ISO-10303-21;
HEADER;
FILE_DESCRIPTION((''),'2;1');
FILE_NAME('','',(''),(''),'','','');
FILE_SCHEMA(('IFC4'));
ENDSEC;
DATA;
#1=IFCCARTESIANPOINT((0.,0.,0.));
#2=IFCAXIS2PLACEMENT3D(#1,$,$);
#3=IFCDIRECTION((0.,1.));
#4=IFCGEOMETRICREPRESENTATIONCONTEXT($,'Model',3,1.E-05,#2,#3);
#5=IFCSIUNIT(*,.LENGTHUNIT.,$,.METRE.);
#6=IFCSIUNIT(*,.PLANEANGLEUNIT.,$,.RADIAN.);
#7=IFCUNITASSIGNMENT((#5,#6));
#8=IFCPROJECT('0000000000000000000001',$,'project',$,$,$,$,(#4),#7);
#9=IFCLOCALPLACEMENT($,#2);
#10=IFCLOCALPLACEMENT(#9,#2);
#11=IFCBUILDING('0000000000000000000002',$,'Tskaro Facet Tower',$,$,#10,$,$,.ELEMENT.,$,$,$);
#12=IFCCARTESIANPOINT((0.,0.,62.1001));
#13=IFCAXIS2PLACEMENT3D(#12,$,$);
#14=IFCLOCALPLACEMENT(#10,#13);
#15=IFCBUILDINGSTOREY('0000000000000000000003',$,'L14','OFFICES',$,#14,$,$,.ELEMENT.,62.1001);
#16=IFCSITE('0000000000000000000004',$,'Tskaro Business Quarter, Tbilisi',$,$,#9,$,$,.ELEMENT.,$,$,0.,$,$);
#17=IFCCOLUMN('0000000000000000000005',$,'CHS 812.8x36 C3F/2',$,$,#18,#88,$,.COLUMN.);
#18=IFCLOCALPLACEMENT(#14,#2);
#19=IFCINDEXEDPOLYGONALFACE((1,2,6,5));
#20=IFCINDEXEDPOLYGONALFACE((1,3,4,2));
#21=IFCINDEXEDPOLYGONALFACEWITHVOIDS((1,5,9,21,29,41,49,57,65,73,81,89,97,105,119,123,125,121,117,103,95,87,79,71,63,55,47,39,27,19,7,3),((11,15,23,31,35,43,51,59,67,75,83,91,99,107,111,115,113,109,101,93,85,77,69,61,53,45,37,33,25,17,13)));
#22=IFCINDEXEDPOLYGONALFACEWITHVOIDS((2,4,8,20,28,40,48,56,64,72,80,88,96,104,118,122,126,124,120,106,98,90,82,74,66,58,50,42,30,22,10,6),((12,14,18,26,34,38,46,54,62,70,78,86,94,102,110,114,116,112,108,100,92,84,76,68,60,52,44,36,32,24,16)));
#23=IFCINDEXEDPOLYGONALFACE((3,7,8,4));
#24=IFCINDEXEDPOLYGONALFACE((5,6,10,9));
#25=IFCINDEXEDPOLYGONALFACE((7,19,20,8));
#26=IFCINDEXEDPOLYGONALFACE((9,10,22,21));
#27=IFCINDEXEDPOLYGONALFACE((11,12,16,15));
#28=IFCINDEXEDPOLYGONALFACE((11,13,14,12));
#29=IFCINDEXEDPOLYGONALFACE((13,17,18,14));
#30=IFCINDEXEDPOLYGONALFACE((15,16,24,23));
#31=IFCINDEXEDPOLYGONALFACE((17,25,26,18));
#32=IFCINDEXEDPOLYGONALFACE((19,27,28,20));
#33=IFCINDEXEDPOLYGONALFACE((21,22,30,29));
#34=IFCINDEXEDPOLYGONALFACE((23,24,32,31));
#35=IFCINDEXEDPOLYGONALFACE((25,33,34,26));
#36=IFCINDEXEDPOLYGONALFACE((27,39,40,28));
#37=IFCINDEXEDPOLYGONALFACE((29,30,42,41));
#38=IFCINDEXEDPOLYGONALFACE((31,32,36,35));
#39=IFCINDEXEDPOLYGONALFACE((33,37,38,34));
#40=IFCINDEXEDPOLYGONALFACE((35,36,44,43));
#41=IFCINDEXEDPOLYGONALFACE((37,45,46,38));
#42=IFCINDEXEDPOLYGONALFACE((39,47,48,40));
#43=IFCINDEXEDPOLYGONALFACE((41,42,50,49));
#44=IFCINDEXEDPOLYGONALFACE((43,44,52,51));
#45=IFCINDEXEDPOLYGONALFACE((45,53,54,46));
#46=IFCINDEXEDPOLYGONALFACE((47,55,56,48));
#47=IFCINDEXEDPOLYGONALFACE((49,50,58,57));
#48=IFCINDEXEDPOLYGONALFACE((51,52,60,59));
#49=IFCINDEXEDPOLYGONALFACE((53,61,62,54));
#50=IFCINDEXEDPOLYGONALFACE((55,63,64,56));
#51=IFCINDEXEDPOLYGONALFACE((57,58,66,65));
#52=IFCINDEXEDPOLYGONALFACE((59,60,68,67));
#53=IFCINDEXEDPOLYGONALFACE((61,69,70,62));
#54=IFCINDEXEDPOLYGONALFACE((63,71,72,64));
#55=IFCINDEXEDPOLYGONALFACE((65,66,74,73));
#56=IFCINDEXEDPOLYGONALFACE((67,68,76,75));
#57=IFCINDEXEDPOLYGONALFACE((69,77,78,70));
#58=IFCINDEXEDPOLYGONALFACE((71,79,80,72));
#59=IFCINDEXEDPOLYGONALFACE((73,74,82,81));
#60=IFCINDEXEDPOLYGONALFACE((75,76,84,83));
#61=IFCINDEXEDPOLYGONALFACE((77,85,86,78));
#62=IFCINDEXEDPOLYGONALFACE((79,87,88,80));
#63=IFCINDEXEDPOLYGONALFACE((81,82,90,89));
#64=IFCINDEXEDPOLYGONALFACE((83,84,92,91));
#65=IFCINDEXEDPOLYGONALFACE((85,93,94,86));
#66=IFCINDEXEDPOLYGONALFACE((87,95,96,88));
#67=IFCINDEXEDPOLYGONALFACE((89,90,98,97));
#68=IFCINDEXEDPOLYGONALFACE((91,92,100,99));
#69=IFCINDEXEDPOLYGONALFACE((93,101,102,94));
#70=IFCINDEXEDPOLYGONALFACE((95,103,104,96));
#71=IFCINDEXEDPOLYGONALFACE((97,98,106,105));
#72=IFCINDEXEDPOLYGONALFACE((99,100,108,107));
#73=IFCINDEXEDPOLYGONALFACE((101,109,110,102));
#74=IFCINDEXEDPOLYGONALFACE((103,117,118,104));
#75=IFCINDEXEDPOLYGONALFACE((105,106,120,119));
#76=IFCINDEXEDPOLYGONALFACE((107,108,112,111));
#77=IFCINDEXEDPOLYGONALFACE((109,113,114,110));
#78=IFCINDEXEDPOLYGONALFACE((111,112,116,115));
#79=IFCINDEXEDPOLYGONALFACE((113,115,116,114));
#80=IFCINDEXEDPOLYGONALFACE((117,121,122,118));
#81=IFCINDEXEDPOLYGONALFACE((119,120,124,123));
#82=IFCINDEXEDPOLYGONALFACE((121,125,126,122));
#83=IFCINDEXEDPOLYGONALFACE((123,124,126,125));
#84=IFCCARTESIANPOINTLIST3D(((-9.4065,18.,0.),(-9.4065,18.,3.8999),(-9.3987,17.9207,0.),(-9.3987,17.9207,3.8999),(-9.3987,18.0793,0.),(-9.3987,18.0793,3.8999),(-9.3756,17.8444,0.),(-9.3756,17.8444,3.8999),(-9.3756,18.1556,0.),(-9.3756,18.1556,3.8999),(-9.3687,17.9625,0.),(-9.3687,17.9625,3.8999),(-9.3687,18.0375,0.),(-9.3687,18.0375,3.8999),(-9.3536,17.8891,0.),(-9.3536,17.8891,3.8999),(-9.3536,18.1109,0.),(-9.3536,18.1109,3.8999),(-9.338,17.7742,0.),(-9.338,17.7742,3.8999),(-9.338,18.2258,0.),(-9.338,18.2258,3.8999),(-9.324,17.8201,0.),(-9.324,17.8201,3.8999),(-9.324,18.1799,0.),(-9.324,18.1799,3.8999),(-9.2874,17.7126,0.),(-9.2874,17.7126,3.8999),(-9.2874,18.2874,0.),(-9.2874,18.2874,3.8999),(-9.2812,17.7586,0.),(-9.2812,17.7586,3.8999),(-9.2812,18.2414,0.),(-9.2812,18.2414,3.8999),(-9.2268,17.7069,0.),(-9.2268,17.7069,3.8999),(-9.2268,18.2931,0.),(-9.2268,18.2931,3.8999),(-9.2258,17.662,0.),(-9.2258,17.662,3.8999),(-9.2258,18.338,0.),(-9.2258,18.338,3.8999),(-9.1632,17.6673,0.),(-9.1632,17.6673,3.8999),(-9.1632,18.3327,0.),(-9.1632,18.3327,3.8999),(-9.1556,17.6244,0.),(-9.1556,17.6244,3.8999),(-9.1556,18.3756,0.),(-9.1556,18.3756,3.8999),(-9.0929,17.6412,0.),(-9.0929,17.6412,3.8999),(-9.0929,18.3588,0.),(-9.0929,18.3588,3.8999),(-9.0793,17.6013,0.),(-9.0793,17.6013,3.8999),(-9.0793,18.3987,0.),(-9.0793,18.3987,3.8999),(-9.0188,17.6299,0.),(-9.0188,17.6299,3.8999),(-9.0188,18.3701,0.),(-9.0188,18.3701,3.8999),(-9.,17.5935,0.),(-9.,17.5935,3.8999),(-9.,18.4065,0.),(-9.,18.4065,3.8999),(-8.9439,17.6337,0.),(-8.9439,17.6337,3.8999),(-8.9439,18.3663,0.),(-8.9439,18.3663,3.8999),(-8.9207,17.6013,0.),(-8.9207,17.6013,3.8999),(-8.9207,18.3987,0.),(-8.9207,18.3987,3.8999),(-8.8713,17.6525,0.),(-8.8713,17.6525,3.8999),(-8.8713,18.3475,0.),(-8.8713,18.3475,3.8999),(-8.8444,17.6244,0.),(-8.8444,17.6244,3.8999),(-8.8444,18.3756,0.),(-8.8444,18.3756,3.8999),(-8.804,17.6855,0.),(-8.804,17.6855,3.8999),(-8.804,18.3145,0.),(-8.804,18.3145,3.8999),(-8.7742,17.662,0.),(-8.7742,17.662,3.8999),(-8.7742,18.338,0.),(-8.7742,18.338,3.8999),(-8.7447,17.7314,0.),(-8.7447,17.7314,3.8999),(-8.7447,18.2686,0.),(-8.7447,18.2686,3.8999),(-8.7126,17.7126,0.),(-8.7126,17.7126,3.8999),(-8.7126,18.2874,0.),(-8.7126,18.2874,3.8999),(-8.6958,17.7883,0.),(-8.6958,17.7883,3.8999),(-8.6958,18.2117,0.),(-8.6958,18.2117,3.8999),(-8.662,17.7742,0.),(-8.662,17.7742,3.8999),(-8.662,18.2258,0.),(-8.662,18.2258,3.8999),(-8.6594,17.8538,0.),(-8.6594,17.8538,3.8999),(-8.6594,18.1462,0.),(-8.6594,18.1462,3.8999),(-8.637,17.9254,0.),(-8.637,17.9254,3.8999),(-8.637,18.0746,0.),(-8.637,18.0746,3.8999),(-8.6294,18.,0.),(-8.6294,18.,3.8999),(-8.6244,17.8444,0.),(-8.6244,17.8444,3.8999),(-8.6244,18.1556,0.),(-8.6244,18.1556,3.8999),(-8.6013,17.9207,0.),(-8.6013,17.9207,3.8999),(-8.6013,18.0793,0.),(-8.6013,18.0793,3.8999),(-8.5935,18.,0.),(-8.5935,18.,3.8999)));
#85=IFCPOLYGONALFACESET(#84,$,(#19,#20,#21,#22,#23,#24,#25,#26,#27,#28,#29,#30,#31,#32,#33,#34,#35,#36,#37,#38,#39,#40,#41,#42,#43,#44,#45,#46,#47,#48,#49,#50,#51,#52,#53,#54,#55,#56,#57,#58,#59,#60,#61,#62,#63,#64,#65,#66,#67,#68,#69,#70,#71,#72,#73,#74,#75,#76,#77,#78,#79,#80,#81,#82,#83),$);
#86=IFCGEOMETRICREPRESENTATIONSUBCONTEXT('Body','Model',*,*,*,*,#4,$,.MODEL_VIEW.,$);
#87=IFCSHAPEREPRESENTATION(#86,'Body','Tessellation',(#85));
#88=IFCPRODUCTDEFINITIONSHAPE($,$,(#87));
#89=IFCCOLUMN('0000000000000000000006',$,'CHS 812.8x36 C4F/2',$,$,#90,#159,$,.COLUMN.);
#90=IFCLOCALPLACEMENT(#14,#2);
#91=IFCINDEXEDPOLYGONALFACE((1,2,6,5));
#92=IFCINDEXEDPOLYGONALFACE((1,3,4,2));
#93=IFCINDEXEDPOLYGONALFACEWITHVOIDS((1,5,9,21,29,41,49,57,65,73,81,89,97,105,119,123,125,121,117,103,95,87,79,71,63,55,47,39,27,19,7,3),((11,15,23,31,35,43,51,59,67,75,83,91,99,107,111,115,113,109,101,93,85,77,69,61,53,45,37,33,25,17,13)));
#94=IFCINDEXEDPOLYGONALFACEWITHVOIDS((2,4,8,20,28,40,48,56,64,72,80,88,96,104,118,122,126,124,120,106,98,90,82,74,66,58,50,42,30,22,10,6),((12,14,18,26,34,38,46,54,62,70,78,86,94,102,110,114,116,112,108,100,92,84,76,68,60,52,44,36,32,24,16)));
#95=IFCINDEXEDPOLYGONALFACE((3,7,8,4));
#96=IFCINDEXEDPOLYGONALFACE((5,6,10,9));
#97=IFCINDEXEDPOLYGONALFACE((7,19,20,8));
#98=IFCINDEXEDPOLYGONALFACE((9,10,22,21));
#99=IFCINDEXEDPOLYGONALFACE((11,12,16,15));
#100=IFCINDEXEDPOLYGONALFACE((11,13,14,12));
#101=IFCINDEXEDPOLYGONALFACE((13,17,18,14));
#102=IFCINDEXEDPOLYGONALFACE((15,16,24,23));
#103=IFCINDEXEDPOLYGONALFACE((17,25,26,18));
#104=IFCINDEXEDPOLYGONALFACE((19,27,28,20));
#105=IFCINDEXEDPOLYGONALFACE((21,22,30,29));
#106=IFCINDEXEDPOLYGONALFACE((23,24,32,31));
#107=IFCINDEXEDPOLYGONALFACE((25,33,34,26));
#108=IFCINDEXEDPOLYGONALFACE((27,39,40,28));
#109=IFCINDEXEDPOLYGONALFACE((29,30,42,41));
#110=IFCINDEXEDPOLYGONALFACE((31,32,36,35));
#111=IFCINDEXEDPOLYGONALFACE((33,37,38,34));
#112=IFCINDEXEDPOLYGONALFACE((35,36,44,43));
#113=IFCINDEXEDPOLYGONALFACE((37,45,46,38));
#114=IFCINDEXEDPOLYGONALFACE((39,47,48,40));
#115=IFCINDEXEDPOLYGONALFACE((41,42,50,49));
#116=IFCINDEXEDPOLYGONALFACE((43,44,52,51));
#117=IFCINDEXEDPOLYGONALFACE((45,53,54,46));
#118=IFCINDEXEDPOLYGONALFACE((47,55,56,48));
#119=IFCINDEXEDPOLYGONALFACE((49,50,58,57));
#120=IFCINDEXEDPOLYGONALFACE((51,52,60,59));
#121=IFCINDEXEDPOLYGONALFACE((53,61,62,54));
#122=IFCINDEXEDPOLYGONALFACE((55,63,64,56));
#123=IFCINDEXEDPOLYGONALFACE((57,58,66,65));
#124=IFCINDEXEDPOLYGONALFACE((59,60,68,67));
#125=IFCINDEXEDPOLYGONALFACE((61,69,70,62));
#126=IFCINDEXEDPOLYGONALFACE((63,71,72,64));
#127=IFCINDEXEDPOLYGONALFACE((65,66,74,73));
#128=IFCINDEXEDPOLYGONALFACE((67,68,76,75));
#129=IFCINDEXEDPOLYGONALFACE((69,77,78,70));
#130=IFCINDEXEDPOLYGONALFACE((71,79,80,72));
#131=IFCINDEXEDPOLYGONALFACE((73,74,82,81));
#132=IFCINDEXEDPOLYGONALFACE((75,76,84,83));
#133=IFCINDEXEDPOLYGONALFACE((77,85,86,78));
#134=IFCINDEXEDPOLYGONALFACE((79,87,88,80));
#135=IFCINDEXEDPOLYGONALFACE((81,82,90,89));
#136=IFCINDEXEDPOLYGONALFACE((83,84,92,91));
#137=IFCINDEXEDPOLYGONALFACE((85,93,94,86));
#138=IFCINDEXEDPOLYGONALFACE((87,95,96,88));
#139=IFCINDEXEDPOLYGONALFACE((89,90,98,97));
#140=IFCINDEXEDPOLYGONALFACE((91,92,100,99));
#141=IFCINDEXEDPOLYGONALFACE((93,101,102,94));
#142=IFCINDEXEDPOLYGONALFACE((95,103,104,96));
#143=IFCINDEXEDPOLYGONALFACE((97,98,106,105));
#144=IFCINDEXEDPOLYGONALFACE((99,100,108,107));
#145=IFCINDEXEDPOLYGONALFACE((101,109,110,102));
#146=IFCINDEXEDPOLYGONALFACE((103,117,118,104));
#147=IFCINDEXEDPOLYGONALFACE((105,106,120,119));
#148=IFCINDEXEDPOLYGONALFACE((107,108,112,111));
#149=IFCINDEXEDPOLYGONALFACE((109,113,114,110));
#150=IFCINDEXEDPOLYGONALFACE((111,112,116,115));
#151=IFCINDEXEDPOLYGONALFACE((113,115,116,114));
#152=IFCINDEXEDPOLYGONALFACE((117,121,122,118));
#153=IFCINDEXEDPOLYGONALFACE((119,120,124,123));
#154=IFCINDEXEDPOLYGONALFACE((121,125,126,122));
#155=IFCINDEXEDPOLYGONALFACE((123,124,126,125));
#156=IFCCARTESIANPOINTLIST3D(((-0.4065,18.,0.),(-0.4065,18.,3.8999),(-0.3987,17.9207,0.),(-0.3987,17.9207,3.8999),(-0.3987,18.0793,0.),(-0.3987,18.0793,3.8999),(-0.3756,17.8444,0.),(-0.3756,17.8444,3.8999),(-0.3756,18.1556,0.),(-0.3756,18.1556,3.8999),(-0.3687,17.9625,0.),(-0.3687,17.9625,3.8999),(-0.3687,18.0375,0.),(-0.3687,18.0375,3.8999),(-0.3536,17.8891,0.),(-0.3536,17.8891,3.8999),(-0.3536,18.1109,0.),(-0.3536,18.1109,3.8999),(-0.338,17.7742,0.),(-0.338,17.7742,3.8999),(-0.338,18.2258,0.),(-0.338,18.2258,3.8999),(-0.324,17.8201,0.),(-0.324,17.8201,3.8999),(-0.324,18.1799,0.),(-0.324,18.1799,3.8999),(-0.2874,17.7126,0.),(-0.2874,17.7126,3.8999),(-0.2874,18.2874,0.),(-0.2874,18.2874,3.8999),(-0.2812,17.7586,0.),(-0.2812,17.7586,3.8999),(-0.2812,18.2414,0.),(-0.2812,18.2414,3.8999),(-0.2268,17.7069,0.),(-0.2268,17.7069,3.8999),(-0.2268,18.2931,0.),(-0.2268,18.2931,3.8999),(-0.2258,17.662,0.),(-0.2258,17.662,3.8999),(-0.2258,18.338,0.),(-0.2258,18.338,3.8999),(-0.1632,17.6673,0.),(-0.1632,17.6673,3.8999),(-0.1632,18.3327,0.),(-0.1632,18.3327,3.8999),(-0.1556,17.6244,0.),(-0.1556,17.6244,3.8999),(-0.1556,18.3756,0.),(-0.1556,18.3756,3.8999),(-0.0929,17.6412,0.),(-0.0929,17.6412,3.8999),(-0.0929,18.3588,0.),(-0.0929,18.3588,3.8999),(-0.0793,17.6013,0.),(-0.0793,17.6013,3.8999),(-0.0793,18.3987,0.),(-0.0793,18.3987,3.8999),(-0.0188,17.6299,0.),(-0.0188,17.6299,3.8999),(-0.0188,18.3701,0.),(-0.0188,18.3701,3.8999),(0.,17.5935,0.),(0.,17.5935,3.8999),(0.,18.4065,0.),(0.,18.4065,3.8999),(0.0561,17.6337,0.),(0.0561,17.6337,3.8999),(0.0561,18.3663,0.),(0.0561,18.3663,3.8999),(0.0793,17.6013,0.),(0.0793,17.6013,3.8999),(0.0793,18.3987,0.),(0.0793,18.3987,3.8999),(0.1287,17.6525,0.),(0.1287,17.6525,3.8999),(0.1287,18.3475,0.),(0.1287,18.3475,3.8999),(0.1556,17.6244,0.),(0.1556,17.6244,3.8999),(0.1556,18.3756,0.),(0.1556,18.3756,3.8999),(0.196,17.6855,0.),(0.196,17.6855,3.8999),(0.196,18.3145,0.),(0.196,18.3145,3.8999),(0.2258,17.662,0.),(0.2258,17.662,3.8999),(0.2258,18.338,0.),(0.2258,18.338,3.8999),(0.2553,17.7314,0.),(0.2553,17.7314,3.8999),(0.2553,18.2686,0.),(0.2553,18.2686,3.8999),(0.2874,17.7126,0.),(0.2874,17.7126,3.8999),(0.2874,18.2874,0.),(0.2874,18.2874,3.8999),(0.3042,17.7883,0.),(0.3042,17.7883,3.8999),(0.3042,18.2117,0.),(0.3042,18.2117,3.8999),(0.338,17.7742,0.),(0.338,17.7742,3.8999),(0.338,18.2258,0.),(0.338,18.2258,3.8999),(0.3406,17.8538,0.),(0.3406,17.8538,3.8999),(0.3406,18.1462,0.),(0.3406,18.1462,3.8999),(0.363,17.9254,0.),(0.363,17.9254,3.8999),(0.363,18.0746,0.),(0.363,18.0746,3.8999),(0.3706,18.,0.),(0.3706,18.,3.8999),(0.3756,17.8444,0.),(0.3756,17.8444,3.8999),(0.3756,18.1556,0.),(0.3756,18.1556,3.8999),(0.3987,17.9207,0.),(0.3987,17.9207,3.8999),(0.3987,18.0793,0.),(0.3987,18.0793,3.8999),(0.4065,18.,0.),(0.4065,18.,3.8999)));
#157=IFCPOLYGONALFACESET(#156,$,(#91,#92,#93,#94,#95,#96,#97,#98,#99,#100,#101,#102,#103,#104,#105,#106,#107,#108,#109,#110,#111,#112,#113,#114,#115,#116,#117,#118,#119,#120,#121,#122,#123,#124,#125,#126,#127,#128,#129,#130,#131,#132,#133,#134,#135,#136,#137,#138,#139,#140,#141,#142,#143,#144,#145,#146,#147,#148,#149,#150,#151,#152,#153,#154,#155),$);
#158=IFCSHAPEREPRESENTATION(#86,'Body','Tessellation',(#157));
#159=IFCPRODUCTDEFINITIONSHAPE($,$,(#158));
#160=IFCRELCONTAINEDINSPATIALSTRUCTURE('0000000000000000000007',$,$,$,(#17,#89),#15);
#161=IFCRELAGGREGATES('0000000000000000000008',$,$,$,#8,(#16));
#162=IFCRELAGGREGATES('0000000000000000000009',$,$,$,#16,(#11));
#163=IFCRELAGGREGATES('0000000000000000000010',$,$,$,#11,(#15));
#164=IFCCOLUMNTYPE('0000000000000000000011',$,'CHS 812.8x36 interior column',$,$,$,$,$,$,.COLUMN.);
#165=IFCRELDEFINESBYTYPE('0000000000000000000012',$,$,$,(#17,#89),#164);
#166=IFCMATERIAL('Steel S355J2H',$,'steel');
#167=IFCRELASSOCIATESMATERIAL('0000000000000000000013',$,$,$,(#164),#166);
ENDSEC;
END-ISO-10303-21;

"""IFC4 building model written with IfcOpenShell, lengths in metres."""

from ifc_helpers import new_model, si_unit, direction, frame, origin, origin_2d, place, context, subcontext, project, spatial, hollow_circle, extrude, material, material_profile, profile_set, type_object, element, save


model = new_model("IFC4")

# Units and contexts
model_context = context("Model", 3, precision=1e-05, world=origin(), true_north=direction((0.0, 1.0)))
body_context = subcontext(model_context, "Body", "Model", "MODEL_VIEW")
ifc_project = project(units=[si_unit("LENGTHUNIT", "METRE"), si_unit("PLANEANGLEUNIT", "RADIAN")], contexts=[model_context])

# Site, building, storey
site_placement = place(None, origin())
site = spatial("IfcSite", under=ifc_project, at=site_placement, Name="Tskaro Business Quarter, Tbilisi", CompositionType="ELEMENT", RefElevation=0.0)
building_placement = place(site_placement, origin())
building = spatial("IfcBuilding", under=site, at=building_placement, Name="Tskaro Facet Tower", CompositionType="ELEMENT")
storey_placement = place(building_placement, frame((0.0, 0.0, 62.1001)))
storey = spatial("IfcBuildingStorey", under=building, at=storey_placement, Name="L14", Description="OFFICES", CompositionType="ELEMENT", Elevation=62.1001)

# Columns
ifc_material_1 = material(Name="Steel S355J2H", Category="steel")
ifc_material_profile_1 = material_profile(ifc_material_1, hollow_circle(Radius=0.4065, WallThickness=0.0359, at=origin_2d()), Name="CHS 812.8x36")
ifc_profile_set_1 = profile_set([ifc_material_profile_1], Name="Steel S355J2H")
column_type_1 = type_object("IfcColumnType", Name="CHS 812.8x36 interior column", PredefinedType="COLUMN", material=ifc_profile_set_1)
for number, where, z_axis, x_axis, name in (
    (1, (-9.0, 18.0, 0.0), (0.0, 0.0, 1.0), (1.0, 0.0, 0.0), "CHS 812.8x36 C3F/2"),
    (2, (0.0, 18.0, 0.0), (0.0, 0.0, 1.0), (1.0, 0.0, 0.0), "CHS 812.8x36 C4F/2"),
):
    element("IfcColumn", number, at=place(storey_placement, frame(where, z_axis=z_axis, x_axis=x_axis)), inside=storey, type_object=column_type_1, Name=name, PredefinedType="COLUMN", context=body_context, shape_type="SweptSolid", body=[
        extrude(hollow_circle(Radius=0.4065, WallThickness=0.0359, at=origin_2d()), origin(), (0.0, 0.0, 1.0), 3.8999),
    ])

save(model, "model.ifc")
